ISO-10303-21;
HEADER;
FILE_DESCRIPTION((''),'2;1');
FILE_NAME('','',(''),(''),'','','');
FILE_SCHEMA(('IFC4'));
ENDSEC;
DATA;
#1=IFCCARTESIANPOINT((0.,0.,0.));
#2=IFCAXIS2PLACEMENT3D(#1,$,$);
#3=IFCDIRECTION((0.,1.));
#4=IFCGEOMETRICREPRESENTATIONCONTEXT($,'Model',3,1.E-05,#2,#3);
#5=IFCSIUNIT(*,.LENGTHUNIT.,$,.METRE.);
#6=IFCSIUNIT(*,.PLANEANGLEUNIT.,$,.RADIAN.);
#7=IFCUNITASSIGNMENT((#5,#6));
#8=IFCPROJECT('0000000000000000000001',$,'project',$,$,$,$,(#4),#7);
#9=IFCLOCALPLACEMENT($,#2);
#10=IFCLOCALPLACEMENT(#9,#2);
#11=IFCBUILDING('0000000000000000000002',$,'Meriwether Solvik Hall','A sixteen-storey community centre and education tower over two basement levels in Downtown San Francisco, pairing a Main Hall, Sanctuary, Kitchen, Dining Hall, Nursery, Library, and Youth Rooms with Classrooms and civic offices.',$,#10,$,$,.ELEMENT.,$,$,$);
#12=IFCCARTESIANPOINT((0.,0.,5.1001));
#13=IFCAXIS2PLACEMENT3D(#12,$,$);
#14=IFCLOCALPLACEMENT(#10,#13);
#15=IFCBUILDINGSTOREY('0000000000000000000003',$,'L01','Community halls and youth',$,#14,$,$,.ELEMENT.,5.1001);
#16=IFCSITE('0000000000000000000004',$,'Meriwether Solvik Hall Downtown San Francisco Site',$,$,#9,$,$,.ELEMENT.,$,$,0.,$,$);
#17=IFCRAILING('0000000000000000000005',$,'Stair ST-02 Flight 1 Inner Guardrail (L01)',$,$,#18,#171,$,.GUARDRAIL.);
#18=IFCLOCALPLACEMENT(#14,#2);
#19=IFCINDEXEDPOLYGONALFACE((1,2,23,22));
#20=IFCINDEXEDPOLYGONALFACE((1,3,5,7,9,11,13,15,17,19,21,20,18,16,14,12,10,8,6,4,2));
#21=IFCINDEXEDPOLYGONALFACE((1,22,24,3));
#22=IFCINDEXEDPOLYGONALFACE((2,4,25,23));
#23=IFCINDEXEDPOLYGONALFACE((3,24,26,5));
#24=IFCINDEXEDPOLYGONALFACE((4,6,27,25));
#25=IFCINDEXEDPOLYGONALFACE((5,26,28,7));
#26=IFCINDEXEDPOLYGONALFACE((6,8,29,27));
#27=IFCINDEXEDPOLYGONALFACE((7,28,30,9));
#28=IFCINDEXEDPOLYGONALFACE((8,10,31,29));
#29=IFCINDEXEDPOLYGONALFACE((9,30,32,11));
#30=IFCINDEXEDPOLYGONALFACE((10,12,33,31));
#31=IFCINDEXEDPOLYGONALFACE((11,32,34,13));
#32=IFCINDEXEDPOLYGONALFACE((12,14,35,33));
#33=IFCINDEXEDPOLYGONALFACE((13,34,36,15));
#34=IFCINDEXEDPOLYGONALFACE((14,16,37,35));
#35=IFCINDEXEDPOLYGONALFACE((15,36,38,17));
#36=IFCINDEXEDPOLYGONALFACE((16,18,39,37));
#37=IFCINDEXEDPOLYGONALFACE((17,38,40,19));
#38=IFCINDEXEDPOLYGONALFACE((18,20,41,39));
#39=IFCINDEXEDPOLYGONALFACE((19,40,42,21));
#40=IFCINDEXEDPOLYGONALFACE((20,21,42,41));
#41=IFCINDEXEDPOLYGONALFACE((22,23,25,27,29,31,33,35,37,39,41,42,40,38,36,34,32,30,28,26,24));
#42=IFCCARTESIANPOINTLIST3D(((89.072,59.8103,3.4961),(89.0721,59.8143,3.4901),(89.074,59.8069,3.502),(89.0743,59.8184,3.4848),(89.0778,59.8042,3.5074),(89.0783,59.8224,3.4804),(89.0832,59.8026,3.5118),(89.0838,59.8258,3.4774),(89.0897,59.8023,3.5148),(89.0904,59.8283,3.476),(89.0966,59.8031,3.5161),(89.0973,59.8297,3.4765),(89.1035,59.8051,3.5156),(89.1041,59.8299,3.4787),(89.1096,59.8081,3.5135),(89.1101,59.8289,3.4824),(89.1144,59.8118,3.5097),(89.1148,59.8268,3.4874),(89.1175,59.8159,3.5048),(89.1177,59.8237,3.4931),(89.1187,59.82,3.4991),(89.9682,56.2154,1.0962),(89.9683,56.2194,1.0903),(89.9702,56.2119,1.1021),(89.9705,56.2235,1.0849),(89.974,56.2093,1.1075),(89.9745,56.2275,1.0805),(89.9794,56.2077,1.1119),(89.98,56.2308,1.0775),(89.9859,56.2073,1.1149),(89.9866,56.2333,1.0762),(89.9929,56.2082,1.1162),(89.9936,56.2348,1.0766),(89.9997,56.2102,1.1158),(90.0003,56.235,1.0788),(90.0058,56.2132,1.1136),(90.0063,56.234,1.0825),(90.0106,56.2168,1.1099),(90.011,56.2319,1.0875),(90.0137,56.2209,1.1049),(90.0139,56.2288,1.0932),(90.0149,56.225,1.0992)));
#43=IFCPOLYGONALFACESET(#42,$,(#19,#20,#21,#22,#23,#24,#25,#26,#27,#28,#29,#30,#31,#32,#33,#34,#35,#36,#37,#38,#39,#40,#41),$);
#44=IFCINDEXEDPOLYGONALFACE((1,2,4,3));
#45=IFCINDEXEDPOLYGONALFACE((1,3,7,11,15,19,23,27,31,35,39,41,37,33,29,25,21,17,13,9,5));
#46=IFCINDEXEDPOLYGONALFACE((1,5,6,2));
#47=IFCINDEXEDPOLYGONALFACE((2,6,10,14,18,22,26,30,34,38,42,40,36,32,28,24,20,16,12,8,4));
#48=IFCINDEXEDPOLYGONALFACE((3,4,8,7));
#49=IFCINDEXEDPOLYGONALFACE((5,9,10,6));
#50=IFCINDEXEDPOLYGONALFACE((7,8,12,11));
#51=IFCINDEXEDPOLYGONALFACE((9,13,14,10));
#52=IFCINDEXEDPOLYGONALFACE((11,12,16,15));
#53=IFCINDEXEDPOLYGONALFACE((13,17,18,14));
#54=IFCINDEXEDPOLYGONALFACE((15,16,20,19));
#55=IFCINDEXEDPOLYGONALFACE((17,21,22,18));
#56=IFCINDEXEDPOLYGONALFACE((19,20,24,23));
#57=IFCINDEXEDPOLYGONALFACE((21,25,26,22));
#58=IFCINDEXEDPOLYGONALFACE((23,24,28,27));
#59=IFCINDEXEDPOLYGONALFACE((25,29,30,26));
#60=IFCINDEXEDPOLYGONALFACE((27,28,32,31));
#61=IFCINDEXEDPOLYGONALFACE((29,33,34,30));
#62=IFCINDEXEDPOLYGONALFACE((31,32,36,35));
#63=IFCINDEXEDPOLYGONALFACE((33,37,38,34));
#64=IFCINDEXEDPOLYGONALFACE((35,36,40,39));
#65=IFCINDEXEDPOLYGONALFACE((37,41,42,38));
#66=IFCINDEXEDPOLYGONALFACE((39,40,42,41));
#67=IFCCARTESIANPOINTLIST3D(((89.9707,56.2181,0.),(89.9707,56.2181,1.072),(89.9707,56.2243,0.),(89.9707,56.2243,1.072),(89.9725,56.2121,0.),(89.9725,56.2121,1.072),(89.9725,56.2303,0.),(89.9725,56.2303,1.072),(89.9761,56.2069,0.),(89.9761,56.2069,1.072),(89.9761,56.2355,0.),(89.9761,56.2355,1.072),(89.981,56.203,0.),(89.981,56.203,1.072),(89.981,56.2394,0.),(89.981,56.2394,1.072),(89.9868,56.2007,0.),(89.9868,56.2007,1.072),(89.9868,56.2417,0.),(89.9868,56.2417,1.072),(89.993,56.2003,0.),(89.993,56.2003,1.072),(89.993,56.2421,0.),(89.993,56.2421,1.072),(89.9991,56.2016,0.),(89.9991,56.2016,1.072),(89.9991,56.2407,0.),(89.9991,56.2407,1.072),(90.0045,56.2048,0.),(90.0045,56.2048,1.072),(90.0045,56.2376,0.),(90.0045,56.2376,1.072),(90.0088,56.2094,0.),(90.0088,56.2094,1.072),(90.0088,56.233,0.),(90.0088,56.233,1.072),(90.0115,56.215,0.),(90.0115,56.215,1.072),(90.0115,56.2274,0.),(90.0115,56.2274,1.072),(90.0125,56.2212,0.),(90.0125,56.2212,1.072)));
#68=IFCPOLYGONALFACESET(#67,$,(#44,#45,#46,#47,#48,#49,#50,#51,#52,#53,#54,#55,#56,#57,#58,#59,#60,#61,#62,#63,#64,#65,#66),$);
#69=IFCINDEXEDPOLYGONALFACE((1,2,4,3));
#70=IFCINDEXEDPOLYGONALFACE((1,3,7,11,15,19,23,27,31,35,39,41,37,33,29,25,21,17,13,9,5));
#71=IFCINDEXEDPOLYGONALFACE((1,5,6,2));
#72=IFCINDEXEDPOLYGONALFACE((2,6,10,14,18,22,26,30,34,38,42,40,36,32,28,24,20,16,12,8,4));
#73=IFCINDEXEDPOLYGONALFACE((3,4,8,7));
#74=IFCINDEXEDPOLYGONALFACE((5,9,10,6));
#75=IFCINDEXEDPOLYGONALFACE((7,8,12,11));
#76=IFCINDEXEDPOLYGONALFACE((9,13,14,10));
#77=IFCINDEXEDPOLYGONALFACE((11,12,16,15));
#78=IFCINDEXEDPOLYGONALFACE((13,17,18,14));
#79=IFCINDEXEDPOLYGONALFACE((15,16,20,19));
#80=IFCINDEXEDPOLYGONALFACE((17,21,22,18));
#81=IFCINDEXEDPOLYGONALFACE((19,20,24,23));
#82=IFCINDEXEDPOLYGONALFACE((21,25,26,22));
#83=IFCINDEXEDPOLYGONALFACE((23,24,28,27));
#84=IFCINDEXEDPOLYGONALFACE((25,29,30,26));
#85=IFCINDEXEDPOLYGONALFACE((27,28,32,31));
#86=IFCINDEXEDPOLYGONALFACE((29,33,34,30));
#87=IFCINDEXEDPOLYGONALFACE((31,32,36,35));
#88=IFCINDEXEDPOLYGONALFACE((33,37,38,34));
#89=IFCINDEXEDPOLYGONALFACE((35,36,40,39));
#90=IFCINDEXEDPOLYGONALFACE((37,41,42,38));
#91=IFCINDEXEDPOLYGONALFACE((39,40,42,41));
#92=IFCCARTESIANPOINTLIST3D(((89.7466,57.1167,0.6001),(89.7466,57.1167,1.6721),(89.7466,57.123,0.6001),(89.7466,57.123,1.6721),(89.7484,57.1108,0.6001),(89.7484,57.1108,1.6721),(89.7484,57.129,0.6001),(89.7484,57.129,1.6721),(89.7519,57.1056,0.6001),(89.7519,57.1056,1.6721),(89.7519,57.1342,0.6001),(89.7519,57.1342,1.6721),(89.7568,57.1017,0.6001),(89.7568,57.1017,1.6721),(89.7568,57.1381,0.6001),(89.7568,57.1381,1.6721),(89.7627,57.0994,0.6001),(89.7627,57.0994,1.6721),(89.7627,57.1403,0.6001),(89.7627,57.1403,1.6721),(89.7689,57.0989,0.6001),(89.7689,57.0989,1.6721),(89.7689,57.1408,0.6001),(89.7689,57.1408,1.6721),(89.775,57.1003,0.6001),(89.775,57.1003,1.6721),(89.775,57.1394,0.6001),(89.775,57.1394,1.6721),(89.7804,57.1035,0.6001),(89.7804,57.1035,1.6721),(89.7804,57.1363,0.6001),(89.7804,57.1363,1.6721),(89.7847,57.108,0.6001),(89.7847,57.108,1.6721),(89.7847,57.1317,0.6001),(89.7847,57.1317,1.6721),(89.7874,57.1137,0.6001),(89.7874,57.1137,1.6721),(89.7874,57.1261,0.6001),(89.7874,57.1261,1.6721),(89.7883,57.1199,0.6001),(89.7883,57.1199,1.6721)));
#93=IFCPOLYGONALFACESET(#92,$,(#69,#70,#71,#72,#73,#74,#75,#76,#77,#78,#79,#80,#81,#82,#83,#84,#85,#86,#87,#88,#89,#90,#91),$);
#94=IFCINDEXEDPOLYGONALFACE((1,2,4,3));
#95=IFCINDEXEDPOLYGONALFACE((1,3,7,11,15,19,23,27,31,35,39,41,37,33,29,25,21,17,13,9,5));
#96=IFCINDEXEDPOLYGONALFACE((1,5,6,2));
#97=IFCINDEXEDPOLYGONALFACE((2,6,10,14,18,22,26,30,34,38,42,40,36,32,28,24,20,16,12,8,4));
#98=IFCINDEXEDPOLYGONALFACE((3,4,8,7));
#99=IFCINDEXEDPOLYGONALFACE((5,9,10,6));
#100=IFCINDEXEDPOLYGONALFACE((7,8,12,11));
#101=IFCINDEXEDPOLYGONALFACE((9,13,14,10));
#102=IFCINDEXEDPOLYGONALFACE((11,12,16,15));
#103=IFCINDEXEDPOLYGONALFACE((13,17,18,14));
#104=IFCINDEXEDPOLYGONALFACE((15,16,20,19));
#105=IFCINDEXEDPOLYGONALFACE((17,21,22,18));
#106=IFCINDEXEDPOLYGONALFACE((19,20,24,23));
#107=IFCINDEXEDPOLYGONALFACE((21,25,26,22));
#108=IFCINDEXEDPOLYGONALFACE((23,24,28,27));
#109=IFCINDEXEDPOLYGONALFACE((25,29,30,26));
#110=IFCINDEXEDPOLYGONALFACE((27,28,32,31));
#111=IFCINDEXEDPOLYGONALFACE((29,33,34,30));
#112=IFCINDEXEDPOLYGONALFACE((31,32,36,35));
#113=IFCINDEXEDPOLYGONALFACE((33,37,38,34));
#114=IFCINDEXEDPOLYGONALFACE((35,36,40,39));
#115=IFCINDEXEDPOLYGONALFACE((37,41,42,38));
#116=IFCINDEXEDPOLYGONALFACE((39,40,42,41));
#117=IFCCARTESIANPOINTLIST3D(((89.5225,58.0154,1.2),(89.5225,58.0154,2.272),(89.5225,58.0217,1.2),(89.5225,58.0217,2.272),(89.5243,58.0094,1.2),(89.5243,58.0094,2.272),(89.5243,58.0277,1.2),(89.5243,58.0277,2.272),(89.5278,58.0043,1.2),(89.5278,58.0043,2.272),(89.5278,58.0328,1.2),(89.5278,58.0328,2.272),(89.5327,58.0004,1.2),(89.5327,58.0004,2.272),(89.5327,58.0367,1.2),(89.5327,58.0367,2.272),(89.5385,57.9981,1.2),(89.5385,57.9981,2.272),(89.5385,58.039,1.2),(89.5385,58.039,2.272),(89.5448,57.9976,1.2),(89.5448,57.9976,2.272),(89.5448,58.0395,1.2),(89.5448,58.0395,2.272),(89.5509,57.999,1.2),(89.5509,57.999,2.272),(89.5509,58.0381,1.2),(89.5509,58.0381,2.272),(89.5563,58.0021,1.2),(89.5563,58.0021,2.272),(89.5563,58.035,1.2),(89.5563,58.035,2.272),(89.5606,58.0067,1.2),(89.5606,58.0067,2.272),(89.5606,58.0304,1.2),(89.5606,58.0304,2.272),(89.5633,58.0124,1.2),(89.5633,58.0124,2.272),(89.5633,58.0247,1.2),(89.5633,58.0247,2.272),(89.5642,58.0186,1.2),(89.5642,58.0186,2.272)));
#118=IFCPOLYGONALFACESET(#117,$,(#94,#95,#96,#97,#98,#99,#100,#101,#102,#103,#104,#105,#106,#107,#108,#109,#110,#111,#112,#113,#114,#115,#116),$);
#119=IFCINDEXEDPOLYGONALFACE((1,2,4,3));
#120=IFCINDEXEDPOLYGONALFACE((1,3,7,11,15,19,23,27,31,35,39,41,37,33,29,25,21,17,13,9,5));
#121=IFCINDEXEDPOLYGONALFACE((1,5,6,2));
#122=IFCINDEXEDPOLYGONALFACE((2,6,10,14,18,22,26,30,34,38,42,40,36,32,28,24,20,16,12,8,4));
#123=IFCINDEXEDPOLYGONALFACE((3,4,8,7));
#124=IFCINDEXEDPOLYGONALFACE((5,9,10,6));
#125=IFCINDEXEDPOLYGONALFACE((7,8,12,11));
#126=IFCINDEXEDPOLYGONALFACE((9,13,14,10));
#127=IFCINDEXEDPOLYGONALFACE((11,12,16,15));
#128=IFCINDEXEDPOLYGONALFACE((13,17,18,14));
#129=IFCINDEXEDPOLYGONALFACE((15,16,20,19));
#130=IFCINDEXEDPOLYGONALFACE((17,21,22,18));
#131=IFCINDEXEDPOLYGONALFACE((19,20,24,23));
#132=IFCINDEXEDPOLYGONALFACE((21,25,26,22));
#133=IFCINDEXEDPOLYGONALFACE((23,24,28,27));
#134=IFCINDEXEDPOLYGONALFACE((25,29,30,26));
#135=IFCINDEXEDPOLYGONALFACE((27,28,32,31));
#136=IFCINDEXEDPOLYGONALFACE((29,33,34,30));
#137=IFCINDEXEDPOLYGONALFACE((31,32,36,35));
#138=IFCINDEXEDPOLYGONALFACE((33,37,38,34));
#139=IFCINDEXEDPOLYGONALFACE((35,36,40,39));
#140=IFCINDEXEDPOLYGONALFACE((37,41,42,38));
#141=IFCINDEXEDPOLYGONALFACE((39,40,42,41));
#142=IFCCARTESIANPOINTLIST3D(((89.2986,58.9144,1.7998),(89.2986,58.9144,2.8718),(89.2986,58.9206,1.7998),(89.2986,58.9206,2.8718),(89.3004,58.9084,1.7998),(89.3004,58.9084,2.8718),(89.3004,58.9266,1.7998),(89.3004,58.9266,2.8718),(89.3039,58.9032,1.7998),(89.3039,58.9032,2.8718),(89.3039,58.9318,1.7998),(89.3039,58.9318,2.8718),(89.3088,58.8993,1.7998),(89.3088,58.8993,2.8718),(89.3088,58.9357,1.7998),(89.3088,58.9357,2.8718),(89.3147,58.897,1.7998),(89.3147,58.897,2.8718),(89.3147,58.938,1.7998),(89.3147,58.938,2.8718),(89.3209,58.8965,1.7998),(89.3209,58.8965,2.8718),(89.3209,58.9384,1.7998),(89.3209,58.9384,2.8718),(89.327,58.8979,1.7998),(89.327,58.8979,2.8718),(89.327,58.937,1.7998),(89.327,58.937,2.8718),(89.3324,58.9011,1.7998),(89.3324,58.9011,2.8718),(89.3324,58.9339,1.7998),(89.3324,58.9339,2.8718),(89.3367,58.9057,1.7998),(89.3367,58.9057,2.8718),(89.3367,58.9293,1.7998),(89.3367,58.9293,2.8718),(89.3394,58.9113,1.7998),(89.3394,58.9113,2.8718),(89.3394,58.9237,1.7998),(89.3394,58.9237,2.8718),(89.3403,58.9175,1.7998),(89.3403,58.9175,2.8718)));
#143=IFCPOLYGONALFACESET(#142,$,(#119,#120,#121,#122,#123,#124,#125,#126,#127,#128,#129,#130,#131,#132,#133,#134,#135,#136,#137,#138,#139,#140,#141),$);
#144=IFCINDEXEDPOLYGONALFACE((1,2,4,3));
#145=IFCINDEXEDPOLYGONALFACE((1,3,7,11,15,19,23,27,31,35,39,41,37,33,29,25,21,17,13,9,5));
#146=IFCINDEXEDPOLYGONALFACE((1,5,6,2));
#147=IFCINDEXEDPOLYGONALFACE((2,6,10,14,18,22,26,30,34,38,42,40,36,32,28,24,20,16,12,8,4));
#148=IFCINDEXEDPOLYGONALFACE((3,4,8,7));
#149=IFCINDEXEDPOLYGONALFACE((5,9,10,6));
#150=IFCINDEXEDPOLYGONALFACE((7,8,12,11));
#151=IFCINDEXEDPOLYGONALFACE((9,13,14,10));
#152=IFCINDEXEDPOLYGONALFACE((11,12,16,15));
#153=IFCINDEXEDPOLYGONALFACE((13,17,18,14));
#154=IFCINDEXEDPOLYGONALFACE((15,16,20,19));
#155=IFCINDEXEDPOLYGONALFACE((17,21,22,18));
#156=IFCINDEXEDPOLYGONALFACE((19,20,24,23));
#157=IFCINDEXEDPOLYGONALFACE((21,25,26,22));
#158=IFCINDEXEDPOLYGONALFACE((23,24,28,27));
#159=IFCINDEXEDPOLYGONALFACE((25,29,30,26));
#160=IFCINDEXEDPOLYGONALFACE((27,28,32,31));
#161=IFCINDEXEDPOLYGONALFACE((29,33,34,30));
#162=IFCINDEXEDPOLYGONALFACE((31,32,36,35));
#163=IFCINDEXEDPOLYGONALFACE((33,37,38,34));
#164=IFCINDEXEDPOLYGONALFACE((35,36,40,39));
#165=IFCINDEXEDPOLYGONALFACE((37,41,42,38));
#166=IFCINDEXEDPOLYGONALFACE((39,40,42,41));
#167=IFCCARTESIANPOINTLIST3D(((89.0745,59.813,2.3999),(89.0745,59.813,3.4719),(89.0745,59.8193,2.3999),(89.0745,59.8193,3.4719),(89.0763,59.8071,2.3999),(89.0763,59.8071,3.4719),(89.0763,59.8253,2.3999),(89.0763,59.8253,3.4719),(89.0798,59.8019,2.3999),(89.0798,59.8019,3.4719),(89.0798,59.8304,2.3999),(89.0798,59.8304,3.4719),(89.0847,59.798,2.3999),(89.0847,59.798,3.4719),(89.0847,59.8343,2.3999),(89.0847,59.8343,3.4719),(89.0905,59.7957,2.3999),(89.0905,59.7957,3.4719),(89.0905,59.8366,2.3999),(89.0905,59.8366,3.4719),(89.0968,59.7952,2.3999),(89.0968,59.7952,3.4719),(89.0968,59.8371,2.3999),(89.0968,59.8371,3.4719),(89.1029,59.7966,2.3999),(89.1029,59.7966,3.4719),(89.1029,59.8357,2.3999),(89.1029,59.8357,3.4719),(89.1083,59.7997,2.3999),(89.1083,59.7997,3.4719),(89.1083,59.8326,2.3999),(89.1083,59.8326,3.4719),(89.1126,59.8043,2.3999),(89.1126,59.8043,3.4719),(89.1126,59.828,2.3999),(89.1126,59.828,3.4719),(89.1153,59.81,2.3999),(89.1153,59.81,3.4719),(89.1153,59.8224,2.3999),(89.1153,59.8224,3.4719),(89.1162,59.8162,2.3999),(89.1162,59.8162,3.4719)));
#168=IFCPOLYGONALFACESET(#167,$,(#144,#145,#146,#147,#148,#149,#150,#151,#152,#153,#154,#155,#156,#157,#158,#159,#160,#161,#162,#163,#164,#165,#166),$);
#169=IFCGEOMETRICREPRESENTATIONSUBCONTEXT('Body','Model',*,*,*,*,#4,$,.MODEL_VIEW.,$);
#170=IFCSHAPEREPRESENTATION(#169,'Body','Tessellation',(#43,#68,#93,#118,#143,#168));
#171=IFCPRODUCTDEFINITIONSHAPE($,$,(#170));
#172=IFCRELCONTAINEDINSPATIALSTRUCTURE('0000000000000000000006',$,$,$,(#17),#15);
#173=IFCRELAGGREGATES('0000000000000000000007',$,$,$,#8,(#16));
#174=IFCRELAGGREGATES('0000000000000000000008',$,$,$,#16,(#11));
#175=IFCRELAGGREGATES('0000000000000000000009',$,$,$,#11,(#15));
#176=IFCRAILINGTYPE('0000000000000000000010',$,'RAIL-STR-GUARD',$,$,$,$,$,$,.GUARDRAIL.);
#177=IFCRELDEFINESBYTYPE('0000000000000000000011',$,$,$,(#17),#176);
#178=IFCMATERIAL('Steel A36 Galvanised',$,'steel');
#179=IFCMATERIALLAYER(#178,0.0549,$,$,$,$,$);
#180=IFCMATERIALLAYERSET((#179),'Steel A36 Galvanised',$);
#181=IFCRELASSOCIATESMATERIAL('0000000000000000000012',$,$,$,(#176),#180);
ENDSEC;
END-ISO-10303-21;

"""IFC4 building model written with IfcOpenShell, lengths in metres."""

from ifc_helpers import new_model, si_unit, direction, frame, origin, origin_2d, place, context, subcontext, project, spatial, circle, extrude, material, layer, layer_set, type_object, element, save


model = new_model("IFC4")

# Units and contexts
model_context = context("Model", 3, precision=1e-05, world=origin(), true_north=direction((0.0, 1.0)))
body_context = subcontext(model_context, "Body", "Model", "MODEL_VIEW")
ifc_project = project(units=[si_unit("LENGTHUNIT", "METRE"), si_unit("PLANEANGLEUNIT", "RADIAN")], contexts=[model_context])

# Site, building, storey
site_placement = place(None, origin())
site = spatial("IfcSite", under=ifc_project, at=site_placement, Name="Meriwether Solvik Hall Downtown San Francisco Site", CompositionType="ELEMENT", RefElevation=0.0)
building_placement = place(site_placement, origin())
building = spatial("IfcBuilding", under=site, at=building_placement, Name="Meriwether Solvik Hall", Description="A sixteen-storey community centre and education tower over two basement levels in Downtown San Francisco, pairing a Main Hall, Sanctuary, Kitchen, Dining Hall, Nursery, Library, and Youth Rooms with Classrooms and civic offices.", CompositionType="ELEMENT")
storey_placement = place(building_placement, frame((0.0, 0.0, 5.1001)))
storey = spatial("IfcBuildingStorey", under=building, at=storey_placement, Name="L01", Description="Community halls and youth", CompositionType="ELEMENT", Elevation=5.1001)

# Railing
ifc_material_1 = material(Name="Steel A36 Galvanised", Category="steel")
ifc_layer_1 = layer(ifc_material_1, 0.0549)
ifc_layer_set_1 = layer_set([ifc_layer_1], Name="Steel A36 Galvanised")
railing_type_1 = type_object("IfcRailingType", Name="RAIL-STR-GUARD", PredefinedType="GUARDRAIL", material=ifc_layer_set_1)
railing_1_placement = place(storey_placement, frame((89.9915, 56.2212, 0.0)))
element("IfcRailing", 1, at=railing_1_placement, inside=storey, type_object=railing_type_1, Name="Stair ST-02 Flight 1 Inner Guardrail (L01)", PredefinedType="GUARDRAIL", context=body_context, shape_type="SweptSolid", body=[
    extrude(circle(Radius=0.0239, at=origin_2d()), frame((0.0, 0.0, 1.0962), z_axis=(-0.203028, 0.814381, 0.543658), x_axis=(-0.970301, -0.2419, 0.0)), (0.0, 0.0, 1.0), 4.4143),
    extrude(circle(Radius=0.021, at=origin_2d()), origin(), (0.0, 0.0, 1.0), 1.072),
    extrude(circle(Radius=0.021, at=origin_2d()), frame((-0.2241, 0.8987, 0.6001)), (0.0, 0.0, 1.0), 1.072),
    extrude(circle(Radius=0.021, at=origin_2d()), frame((-0.4482, 1.7974, 1.2)), (0.0, 0.0, 1.0), 1.072),
    extrude(circle(Radius=0.021, at=origin_2d()), frame((-0.6721, 2.6963, 1.7998)), (0.0, 0.0, 1.0), 1.072),
    extrude(circle(Radius=0.021, at=origin_2d()), frame((-0.8962, 3.595, 2.3999)), (0.0, 0.0, 1.0), 1.072),
])

save(model, "model.ifc")
